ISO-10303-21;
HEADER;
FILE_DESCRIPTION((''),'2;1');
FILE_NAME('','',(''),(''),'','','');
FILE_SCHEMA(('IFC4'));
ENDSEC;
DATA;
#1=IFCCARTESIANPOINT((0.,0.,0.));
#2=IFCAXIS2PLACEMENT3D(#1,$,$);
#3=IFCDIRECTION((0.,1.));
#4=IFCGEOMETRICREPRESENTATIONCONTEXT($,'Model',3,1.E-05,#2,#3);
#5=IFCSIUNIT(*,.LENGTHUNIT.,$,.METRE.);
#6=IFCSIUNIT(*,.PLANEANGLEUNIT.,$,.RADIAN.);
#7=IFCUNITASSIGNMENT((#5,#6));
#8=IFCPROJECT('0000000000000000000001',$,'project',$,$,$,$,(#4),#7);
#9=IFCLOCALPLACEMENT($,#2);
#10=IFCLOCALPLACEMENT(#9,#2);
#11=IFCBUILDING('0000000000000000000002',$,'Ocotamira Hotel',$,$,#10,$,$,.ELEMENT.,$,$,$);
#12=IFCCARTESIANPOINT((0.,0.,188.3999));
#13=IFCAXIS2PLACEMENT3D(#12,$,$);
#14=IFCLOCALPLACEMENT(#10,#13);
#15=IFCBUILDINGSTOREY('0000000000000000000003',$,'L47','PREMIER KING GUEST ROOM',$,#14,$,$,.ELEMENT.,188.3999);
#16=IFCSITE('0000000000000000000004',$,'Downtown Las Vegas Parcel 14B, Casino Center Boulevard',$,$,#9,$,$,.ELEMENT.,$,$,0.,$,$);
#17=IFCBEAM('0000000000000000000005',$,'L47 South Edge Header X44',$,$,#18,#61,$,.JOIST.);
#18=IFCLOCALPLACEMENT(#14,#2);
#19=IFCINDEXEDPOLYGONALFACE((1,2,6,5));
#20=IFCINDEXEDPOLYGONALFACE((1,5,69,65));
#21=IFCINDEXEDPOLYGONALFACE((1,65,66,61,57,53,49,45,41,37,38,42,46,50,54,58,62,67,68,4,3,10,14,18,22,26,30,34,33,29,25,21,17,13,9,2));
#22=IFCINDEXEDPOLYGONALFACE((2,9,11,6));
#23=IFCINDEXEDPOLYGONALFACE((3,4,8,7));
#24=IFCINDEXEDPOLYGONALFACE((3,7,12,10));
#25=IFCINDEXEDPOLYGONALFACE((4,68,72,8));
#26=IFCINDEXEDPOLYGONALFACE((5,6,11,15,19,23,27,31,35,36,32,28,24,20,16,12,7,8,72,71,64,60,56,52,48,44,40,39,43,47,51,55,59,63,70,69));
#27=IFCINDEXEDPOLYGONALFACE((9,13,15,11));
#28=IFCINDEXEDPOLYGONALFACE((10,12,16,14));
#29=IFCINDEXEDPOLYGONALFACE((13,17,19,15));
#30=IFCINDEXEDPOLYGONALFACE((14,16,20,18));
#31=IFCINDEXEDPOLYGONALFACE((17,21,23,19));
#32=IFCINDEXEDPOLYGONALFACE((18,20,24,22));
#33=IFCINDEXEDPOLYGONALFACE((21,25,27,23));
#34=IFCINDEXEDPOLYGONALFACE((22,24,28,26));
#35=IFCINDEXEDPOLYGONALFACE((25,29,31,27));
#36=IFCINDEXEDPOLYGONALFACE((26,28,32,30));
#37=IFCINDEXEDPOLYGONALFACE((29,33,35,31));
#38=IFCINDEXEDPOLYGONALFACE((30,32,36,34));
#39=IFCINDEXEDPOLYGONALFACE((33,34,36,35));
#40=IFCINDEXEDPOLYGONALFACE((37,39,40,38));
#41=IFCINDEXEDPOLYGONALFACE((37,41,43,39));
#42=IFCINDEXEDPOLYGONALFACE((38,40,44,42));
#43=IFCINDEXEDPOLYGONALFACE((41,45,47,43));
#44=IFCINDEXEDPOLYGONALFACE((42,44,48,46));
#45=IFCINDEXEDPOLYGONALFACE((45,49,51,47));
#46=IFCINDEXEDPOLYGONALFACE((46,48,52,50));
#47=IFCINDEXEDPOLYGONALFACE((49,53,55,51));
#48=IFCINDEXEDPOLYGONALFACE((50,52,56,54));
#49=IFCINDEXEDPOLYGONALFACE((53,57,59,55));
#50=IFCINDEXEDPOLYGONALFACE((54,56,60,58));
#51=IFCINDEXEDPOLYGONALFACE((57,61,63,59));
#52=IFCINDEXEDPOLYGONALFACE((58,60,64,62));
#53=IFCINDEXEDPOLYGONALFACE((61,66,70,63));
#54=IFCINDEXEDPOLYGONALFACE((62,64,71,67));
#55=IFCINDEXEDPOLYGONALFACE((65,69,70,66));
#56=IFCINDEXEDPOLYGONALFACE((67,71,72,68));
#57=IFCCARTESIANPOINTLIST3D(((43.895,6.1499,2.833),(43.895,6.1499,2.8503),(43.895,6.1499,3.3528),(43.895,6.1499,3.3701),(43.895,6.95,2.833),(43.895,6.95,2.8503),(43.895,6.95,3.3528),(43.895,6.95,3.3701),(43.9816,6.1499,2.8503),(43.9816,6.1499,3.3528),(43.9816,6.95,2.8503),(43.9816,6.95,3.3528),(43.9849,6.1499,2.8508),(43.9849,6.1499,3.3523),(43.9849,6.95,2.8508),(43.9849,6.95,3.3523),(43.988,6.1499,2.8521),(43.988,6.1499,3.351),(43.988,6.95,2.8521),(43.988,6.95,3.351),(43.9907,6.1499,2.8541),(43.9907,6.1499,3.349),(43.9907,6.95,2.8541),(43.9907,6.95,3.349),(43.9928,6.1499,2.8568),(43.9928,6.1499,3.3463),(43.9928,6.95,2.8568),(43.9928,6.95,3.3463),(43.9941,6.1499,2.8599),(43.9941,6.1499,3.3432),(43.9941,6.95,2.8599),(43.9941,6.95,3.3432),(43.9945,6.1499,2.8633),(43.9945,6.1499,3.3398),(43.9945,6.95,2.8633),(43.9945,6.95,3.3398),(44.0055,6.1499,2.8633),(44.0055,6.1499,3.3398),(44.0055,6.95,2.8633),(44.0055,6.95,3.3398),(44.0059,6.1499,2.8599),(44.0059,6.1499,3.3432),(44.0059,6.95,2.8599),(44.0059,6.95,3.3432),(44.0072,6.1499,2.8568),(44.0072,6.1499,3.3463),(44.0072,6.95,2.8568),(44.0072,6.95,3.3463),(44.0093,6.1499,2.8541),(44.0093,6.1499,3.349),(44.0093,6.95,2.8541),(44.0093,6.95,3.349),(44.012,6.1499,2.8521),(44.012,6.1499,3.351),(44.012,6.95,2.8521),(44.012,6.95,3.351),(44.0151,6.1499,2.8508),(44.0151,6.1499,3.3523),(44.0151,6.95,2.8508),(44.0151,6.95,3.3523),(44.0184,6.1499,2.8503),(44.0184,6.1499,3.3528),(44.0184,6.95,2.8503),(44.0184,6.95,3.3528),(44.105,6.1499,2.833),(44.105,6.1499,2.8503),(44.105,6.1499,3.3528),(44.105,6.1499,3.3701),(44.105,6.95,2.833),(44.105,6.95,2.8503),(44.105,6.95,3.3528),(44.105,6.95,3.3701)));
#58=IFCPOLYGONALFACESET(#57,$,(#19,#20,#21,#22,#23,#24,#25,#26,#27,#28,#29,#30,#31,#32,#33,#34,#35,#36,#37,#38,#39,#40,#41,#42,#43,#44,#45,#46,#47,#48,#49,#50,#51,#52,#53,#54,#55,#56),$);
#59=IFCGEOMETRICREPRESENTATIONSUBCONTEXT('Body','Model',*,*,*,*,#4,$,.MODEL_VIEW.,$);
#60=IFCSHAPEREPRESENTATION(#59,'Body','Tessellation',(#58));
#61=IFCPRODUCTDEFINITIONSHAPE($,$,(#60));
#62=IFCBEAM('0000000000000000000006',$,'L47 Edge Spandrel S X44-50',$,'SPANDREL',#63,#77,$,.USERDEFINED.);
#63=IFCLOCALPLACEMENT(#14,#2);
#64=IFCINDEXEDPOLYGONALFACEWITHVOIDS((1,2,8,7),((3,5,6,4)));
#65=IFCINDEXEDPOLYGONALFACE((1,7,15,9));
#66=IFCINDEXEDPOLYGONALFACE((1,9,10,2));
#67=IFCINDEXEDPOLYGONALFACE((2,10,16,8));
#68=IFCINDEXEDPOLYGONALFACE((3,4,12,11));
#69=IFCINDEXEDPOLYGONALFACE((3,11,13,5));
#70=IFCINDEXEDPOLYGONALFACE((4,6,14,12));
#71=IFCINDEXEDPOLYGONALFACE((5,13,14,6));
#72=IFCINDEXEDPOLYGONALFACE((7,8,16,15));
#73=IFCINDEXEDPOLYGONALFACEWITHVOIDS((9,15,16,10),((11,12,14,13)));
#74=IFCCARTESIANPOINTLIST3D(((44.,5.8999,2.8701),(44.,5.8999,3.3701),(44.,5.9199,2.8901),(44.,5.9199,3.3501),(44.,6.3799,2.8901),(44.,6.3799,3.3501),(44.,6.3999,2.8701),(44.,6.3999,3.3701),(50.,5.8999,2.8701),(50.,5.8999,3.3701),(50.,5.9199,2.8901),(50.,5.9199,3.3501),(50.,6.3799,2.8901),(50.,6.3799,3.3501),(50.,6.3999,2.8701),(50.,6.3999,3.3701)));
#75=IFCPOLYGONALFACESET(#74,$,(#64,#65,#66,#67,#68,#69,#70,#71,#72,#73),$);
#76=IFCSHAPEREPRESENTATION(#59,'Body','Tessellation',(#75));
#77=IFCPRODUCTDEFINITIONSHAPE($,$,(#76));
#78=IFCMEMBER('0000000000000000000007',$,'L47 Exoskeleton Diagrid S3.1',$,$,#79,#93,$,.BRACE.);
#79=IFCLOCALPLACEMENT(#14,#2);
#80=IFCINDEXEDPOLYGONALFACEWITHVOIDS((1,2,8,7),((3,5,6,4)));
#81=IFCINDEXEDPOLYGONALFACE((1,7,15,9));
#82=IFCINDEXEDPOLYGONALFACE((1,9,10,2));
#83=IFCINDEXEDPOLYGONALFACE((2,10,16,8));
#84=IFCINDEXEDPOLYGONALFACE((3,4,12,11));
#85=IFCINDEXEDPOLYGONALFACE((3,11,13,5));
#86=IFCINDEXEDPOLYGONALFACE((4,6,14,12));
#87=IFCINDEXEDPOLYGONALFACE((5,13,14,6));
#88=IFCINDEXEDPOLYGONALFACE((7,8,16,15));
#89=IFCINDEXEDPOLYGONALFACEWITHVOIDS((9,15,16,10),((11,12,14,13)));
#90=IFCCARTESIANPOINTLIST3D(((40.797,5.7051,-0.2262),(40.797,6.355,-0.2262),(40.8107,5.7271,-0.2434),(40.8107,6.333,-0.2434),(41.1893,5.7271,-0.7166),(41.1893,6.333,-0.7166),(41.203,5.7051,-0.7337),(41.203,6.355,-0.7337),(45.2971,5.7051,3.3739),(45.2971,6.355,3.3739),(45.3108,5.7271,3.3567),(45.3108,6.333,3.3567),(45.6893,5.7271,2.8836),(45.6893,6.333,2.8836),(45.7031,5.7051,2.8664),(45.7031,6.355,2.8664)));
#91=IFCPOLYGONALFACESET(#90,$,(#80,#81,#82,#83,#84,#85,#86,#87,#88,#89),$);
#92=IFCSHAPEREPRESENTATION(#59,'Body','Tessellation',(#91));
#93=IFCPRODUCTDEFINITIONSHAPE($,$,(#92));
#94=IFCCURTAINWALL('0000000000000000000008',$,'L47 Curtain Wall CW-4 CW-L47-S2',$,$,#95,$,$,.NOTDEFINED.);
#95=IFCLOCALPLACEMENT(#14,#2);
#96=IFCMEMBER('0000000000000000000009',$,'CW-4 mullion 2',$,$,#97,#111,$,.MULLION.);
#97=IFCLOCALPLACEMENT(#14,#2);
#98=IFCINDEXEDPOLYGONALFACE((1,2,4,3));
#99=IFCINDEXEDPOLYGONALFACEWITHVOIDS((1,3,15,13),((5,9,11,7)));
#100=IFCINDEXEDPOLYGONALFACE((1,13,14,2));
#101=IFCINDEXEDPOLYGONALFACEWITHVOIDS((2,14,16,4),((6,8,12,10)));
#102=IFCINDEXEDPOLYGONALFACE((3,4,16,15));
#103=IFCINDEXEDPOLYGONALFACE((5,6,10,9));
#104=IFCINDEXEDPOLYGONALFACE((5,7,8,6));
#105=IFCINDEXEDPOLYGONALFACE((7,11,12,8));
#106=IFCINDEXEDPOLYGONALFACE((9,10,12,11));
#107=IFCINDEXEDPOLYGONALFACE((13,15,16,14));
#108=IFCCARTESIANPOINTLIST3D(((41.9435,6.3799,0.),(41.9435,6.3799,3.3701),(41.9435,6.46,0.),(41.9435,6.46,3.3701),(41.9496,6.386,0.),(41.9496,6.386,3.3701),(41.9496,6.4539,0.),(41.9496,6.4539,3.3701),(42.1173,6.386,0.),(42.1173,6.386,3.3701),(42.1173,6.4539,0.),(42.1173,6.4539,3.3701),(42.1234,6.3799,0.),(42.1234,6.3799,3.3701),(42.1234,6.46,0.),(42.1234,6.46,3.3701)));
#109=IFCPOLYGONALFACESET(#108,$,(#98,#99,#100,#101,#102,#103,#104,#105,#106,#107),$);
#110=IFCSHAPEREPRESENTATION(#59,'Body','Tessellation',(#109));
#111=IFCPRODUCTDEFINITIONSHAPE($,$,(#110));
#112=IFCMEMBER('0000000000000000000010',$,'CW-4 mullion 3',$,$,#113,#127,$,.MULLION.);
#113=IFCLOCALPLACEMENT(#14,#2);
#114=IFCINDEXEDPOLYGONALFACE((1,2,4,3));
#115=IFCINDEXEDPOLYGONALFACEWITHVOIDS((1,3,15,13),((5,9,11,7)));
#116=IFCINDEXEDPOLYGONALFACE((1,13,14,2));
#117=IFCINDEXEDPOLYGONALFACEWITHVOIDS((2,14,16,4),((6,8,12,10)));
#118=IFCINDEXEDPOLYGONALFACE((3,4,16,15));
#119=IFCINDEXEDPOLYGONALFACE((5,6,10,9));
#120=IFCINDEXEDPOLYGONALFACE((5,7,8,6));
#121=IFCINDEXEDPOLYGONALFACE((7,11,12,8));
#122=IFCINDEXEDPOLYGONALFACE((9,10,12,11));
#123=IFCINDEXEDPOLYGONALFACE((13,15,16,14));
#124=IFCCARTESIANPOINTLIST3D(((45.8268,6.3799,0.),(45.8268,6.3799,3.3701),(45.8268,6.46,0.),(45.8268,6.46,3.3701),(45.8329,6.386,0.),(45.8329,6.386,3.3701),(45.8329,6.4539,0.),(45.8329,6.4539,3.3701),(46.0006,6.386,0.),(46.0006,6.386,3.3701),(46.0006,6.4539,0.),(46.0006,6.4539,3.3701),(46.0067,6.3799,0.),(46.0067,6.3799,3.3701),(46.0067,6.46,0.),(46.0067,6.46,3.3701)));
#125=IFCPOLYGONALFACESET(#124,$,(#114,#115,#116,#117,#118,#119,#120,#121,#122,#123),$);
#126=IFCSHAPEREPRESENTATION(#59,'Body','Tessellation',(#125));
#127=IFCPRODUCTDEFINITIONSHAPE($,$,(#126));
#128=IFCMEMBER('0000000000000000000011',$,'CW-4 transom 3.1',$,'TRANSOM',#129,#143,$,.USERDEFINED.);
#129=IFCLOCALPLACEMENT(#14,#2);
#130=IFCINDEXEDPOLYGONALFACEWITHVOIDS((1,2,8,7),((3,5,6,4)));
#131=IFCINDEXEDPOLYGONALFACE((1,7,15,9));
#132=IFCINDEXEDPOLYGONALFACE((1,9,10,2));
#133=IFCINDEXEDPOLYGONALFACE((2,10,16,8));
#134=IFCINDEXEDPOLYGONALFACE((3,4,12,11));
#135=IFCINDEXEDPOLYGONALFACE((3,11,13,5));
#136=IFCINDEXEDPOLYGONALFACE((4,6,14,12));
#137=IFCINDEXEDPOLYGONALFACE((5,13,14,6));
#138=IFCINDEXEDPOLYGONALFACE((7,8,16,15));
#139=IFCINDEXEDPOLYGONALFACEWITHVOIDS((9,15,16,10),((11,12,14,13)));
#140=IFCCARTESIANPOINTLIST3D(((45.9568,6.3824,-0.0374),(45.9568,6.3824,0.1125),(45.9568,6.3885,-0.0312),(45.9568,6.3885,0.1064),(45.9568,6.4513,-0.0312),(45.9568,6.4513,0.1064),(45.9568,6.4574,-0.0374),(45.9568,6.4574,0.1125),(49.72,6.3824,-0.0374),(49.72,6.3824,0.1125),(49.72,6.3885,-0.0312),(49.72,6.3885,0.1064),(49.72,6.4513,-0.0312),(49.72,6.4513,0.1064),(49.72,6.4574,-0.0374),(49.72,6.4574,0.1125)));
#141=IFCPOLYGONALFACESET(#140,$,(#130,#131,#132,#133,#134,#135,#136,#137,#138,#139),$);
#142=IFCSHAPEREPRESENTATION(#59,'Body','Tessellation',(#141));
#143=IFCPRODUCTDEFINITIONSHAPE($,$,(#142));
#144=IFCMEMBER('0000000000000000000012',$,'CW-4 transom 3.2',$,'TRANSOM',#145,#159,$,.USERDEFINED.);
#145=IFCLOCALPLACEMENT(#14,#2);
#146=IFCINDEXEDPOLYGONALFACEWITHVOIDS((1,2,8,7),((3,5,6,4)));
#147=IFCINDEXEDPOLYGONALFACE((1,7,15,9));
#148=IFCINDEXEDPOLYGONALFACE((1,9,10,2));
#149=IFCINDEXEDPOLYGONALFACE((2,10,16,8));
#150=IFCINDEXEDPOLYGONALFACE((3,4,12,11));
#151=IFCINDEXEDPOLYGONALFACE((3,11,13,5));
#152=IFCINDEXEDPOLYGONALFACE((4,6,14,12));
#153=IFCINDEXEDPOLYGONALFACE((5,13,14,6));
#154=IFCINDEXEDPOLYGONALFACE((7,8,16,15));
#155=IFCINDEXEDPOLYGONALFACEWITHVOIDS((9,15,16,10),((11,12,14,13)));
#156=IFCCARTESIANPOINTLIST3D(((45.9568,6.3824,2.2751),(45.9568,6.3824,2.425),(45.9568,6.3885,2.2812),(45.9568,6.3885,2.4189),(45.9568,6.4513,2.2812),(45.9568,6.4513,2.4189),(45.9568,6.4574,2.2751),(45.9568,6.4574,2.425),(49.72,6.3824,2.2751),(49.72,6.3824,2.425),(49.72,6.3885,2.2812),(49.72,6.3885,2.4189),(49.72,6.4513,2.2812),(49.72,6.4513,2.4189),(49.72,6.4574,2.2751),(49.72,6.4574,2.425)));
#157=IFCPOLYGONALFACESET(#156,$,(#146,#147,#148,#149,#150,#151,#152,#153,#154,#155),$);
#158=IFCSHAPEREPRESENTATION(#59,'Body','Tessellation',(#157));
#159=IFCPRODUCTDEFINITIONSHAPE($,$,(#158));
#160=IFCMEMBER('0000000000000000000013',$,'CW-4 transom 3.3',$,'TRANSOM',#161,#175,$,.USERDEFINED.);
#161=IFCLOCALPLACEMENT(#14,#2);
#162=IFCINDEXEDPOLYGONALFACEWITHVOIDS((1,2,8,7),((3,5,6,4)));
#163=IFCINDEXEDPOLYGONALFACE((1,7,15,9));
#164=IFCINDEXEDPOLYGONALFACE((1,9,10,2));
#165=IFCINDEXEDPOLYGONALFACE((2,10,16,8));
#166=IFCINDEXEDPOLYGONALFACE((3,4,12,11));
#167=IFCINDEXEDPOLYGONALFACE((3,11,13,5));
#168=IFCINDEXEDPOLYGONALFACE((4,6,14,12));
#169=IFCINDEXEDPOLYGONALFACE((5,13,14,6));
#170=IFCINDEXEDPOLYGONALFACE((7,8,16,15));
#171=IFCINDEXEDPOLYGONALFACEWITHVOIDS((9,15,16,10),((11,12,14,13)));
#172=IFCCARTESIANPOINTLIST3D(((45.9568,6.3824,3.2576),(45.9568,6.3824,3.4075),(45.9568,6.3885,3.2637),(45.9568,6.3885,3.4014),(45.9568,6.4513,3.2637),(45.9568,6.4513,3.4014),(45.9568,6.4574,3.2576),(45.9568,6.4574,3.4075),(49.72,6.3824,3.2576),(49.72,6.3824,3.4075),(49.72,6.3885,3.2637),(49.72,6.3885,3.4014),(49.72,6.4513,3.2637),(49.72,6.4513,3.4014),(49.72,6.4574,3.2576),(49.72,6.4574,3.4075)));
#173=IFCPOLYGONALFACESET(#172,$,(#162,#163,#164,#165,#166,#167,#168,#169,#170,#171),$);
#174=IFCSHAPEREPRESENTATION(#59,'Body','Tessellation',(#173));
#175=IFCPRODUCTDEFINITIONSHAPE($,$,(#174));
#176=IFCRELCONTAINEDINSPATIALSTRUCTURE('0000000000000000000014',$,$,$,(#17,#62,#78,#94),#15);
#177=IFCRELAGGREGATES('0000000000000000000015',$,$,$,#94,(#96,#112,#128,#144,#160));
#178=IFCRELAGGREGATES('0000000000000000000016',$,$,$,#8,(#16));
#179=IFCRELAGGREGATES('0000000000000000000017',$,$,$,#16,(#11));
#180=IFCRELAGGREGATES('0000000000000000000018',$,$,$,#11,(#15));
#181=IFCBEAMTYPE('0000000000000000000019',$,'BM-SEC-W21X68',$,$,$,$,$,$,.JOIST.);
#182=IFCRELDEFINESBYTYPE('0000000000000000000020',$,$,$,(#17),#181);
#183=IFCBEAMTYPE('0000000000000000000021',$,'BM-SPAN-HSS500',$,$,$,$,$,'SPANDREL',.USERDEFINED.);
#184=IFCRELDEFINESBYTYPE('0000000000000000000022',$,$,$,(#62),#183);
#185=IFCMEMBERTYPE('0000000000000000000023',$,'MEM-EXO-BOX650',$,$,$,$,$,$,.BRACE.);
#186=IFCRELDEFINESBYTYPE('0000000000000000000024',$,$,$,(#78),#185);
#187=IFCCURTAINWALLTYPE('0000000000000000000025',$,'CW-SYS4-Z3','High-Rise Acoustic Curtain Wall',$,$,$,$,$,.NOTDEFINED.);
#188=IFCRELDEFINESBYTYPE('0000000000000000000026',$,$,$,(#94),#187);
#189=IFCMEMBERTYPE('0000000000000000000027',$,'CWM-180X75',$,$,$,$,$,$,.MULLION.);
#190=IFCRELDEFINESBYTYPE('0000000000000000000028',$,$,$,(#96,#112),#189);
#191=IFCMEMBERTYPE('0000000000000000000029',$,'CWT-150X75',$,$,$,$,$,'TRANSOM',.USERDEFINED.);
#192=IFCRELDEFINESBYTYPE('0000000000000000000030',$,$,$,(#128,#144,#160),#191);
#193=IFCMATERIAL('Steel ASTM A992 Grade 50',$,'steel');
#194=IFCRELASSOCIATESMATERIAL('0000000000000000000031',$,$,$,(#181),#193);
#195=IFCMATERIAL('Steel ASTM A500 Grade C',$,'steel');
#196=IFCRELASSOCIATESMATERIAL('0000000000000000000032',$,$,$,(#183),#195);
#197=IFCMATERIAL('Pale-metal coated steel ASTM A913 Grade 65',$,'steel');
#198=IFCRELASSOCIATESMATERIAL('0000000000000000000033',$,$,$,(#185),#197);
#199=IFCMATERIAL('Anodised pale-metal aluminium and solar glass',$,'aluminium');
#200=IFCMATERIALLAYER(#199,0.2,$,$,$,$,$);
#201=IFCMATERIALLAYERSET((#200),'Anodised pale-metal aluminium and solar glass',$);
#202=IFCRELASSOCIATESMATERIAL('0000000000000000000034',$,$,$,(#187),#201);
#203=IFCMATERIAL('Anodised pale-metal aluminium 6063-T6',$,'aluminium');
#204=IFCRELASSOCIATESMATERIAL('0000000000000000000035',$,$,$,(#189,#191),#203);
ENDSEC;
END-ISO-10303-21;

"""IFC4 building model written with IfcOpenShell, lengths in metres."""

from ifc_helpers import new_model, si_unit, direction, frame, origin, origin_2d, place, context, subcontext, project, spatial, hollow_rectangle, i_section, extrude, source, transform, mapped, material, layer, layer_set, material_profile, profile_set, type_object, element, aggregate, save


model = new_model("IFC4")

# Units and contexts
model_context = context("Model", 3, precision=1e-05, world=origin(), true_north=direction((0.0, 1.0)))
body_context = subcontext(model_context, "Body", "Model", "MODEL_VIEW")
ifc_project = project(units=[si_unit("LENGTHUNIT", "METRE"), si_unit("PLANEANGLEUNIT", "RADIAN")], contexts=[model_context])

# Site, building, storey
site_placement = place(None, origin())
site = spatial("IfcSite", under=ifc_project, at=site_placement, Name="Downtown Las Vegas Parcel 14B, Casino Center Boulevard", CompositionType="ELEMENT", RefElevation=0.0)
building_placement = place(site_placement, origin())
building = spatial("IfcBuilding", under=site, at=building_placement, Name="Ocotamira Hotel", CompositionType="ELEMENT")
storey_placement = place(building_placement, frame((0.0, 0.0, 188.3999)))
storey = spatial("IfcBuildingStorey", under=building, at=storey_placement, Name="L47", Description="PREMIER KING GUEST ROOM", CompositionType="ELEMENT", Elevation=188.3999)

# Beams
ifc_material_1 = material(Name="Steel ASTM A992 Grade 50", Category="steel")
ifc_material_profile_1 = material_profile(ifc_material_1, i_section(OverallWidth=0.21, OverallDepth=0.5371, WebThickness=0.011, FlangeThickness=0.0173, FilletRadius=0.0129, at=origin_2d()), Name="W21X68")
ifc_profile_set_1 = profile_set([ifc_material_profile_1], Name="Steel ASTM A992 Grade 50")
beam_type_1 = type_object("IfcBeamType", Name="BM-SEC-W21X68", PredefinedType="JOIST", material=ifc_profile_set_1)
shared_shape_1 = source(origin(), body_context, "Body", "SweptSolid", [
    extrude(i_section(OverallWidth=0.21, OverallDepth=0.5371, WebThickness=0.011, FlangeThickness=0.0173, FilletRadius=0.0129, at=origin_2d()), origin(), (0.0, 0.0, 1.0), 0.8),
])
beam_1_placement = place(storey_placement, frame((44.0, 6.95, 3.1016), z_axis=(0.0, -1.0, 0.0), x_axis=(1.0, 0.0, 0.0)))
element("IfcBeam", 1, at=beam_1_placement, inside=storey, type_object=beam_type_1, Name="L47 South Edge Header X44", PredefinedType="JOIST", context=body_context, shape_type="MappedRepresentation", body=[
    mapped(shared_shape_1, transform((0.0, 0.0, 0.0), scale=1.0)),
])
ifc_material_2 = material(Name="Steel ASTM A500 Grade C", Category="steel")
ifc_material_profile_2 = material_profile(ifc_material_2, hollow_rectangle(XDim=0.5, YDim=0.5, WallThickness=0.02, at=origin_2d()), Name="HSS500X500X20")
ifc_profile_set_2 = profile_set([ifc_material_profile_2], Name="Steel ASTM A500 Grade C")
beam_type_2 = type_object("IfcBeamType", Name="BM-SPAN-HSS500", ElementType="SPANDREL", PredefinedType="USERDEFINED", material=ifc_profile_set_2)
shared_shape_2 = source(origin(), body_context, "Body", "SweptSolid", [
    extrude(hollow_rectangle(XDim=0.5, YDim=0.5, WallThickness=0.02, at=origin_2d()), origin(), (0.0, 0.0, 1.0), 6.0),
])
beam_2_placement = place(storey_placement, frame((44.0, 6.1499, 3.1201), z_axis=(1.0, 0.0, 0.0), x_axis=(0.0, 1.0, 0.0)))
element("IfcBeam", 2, at=beam_2_placement, inside=storey, type_object=beam_type_2, Name="L47 Edge Spandrel S X44-50", ObjectType="SPANDREL", PredefinedType="USERDEFINED", context=body_context, shape_type="MappedRepresentation", body=[
    mapped(shared_shape_2, transform((0.0, 0.0, 0.0), scale=1.0)),
])

# Member
ifc_material_3 = material(Name="Pale-metal coated steel ASTM A913 Grade 65", Category="steel")
ifc_material_profile_3 = material_profile(ifc_material_3, hollow_rectangle(XDim=0.6499, YDim=0.6499, WallThickness=0.022, at=origin_2d()), Name="BOX650X650X22")
ifc_profile_set_3 = profile_set([ifc_material_profile_3], Name="Pale-metal coated steel ASTM A913 Grade 65")
member_type_1 = type_object("IfcMemberType", Name="MEM-EXO-BOX650", PredefinedType="BRACE", material=ifc_profile_set_3)
shared_shape_3 = source(origin(), body_context, "Body", "SweptSolid", [
    extrude(hollow_rectangle(XDim=0.6499, YDim=0.6499, WallThickness=0.022, at=origin_2d()), origin(), (0.0, 0.0, 1.0), 5.7629),
])
member_1_placement = place(storey_placement, frame((41.0, 6.03, -0.48), z_axis=(0.780861, 0.0, 0.624705), x_axis=(0.0, 1.0, 0.0)))
element("IfcMember", 3, at=member_1_placement, inside=storey, type_object=member_type_1, Name="L47 Exoskeleton Diagrid S3.1", PredefinedType="BRACE", context=body_context, shape_type="MappedRepresentation", body=[
    mapped(shared_shape_3, transform((0.0, 0.0, 0.0), scale=1.0)),
])

# Curtain wall, members
ifc_material_4 = material(Name="Anodised pale-metal aluminium and solar glass", Category="aluminium")
ifc_layer_1 = layer(ifc_material_4, 0.2)
ifc_layer_set_1 = layer_set([ifc_layer_1], Name="Anodised pale-metal aluminium and solar glass")
curtain_wall_type = type_object("IfcCurtainWallType", Name="CW-SYS4-Z3", Description="High-Rise Acoustic Curtain Wall", PredefinedType="NOTDEFINED", material=ifc_layer_set_1)
curtain_wall_placement = place(storey_placement, origin())
curtain_wall = element("IfcCurtainWall", 4, at=curtain_wall_placement, inside=storey, type_object=curtain_wall_type, Name="L47 Curtain Wall CW-4 CW-L47-S2", PredefinedType="NOTDEFINED")
ifc_material_5 = material(Name="Anodised pale-metal aluminium 6063-T6", Category="aluminium")
ifc_material_profile_4 = material_profile(ifc_material_5, hollow_rectangle(XDim=0.0801, YDim=0.1799, WallThickness=0.0061, at=origin_2d()), Name="HSS180X80X6")
ifc_profile_set_4 = profile_set([ifc_material_profile_4], Name="Anodised pale-metal aluminium 6063-T6")
member_type_2 = type_object("IfcMemberType", Name="CWM-180X75", PredefinedType="MULLION", material=ifc_profile_set_4)
shared_shape_4 = source(origin(), body_context, "Body", "SweptSolid", [
    extrude(hollow_rectangle(XDim=0.0801, YDim=0.1799, WallThickness=0.0061, at=origin_2d()), origin(), (0.0, 0.0, 1.0), 3.3701),
])
member_2_placement = place(storey_placement, frame((42.0334, 6.4199, 0.0), z_axis=(0.0, 0.0, 1.0), x_axis=(0.0, 1.0, 0.0)))
member_2 = element("IfcMember", 5, at=member_2_placement, type_object=member_type_2, Name="CW-4 mullion 2", PredefinedType="MULLION", context=body_context, shape_type="MappedRepresentation", body=[
    mapped(shared_shape_4, transform((0.0, 0.0, 0.0), scale=1.0)),
])
member_3_placement = place(storey_placement, frame((45.9167, 6.4199, 0.0), z_axis=(0.0, 0.0, 1.0), x_axis=(0.0, 1.0, 0.0)))
member_3 = element("IfcMember", 6, at=member_3_placement, type_object=member_type_2, Name="CW-4 mullion 3", PredefinedType="MULLION", context=body_context, shape_type="MappedRepresentation", body=[
    mapped(shared_shape_4, transform((0.0, 0.0, 0.0), scale=1.0)),
])
ifc_material_profile_5 = material_profile(ifc_material_5, hollow_rectangle(XDim=0.075, YDim=0.1499, WallThickness=0.0061, at=origin_2d()), Name="HSS150X75X6")
ifc_profile_set_5 = profile_set([ifc_material_profile_5], Name="Anodised pale-metal aluminium 6063-T6")
member_type_3 = type_object("IfcMemberType", Name="CWT-150X75", ElementType="TRANSOM", PredefinedType="USERDEFINED", material=ifc_profile_set_5)
shared_shape_5 = source(origin(), body_context, "Body", "SweptSolid", [
    extrude(hollow_rectangle(XDim=0.075, YDim=0.1499, WallThickness=0.0061, at=origin_2d()), origin(), (0.0, 0.0, 1.0), 3.7632),
])
member_4_placement = place(storey_placement, frame((45.9568, 6.4199, 0.0376), z_axis=(1.0, 0.0, 0.0), x_axis=(0.0, 1.0, 0.0)))
member_4 = element("IfcMember", 7, at=member_4_placement, type_object=member_type_3, Name="CW-4 transom 3.1", ObjectType="TRANSOM", PredefinedType="USERDEFINED", context=body_context, shape_type="MappedRepresentation", body=[
    mapped(shared_shape_5, transform((0.0, 0.0, 0.0), scale=1.0)),
])
member_5_placement = place(storey_placement, frame((45.9568, 6.4199, 2.3501), z_axis=(1.0, 0.0, 0.0), x_axis=(0.0, 1.0, 0.0)))
member_5 = element("IfcMember", 8, at=member_5_placement, type_object=member_type_3, Name="CW-4 transom 3.2", ObjectType="TRANSOM", PredefinedType="USERDEFINED", context=body_context, shape_type="MappedRepresentation", body=[
    mapped(shared_shape_5, transform((0.0, 0.0, 0.0), scale=1.0)),
])
member_6_placement = place(storey_placement, frame((45.9568, 6.4199, 3.3325), z_axis=(1.0, 0.0, 0.0), x_axis=(0.0, 1.0, 0.0)))
member_6 = element("IfcMember", 9, at=member_6_placement, type_object=member_type_3, Name="CW-4 transom 3.3", ObjectType="TRANSOM", PredefinedType="USERDEFINED", context=body_context, shape_type="MappedRepresentation", body=[
    mapped(shared_shape_5, transform((0.0, 0.0, 0.0), scale=1.0)),
])

aggregate(curtain_wall, [member_2, member_3, member_4, member_5, member_6])

save(model, "model.ifc")
